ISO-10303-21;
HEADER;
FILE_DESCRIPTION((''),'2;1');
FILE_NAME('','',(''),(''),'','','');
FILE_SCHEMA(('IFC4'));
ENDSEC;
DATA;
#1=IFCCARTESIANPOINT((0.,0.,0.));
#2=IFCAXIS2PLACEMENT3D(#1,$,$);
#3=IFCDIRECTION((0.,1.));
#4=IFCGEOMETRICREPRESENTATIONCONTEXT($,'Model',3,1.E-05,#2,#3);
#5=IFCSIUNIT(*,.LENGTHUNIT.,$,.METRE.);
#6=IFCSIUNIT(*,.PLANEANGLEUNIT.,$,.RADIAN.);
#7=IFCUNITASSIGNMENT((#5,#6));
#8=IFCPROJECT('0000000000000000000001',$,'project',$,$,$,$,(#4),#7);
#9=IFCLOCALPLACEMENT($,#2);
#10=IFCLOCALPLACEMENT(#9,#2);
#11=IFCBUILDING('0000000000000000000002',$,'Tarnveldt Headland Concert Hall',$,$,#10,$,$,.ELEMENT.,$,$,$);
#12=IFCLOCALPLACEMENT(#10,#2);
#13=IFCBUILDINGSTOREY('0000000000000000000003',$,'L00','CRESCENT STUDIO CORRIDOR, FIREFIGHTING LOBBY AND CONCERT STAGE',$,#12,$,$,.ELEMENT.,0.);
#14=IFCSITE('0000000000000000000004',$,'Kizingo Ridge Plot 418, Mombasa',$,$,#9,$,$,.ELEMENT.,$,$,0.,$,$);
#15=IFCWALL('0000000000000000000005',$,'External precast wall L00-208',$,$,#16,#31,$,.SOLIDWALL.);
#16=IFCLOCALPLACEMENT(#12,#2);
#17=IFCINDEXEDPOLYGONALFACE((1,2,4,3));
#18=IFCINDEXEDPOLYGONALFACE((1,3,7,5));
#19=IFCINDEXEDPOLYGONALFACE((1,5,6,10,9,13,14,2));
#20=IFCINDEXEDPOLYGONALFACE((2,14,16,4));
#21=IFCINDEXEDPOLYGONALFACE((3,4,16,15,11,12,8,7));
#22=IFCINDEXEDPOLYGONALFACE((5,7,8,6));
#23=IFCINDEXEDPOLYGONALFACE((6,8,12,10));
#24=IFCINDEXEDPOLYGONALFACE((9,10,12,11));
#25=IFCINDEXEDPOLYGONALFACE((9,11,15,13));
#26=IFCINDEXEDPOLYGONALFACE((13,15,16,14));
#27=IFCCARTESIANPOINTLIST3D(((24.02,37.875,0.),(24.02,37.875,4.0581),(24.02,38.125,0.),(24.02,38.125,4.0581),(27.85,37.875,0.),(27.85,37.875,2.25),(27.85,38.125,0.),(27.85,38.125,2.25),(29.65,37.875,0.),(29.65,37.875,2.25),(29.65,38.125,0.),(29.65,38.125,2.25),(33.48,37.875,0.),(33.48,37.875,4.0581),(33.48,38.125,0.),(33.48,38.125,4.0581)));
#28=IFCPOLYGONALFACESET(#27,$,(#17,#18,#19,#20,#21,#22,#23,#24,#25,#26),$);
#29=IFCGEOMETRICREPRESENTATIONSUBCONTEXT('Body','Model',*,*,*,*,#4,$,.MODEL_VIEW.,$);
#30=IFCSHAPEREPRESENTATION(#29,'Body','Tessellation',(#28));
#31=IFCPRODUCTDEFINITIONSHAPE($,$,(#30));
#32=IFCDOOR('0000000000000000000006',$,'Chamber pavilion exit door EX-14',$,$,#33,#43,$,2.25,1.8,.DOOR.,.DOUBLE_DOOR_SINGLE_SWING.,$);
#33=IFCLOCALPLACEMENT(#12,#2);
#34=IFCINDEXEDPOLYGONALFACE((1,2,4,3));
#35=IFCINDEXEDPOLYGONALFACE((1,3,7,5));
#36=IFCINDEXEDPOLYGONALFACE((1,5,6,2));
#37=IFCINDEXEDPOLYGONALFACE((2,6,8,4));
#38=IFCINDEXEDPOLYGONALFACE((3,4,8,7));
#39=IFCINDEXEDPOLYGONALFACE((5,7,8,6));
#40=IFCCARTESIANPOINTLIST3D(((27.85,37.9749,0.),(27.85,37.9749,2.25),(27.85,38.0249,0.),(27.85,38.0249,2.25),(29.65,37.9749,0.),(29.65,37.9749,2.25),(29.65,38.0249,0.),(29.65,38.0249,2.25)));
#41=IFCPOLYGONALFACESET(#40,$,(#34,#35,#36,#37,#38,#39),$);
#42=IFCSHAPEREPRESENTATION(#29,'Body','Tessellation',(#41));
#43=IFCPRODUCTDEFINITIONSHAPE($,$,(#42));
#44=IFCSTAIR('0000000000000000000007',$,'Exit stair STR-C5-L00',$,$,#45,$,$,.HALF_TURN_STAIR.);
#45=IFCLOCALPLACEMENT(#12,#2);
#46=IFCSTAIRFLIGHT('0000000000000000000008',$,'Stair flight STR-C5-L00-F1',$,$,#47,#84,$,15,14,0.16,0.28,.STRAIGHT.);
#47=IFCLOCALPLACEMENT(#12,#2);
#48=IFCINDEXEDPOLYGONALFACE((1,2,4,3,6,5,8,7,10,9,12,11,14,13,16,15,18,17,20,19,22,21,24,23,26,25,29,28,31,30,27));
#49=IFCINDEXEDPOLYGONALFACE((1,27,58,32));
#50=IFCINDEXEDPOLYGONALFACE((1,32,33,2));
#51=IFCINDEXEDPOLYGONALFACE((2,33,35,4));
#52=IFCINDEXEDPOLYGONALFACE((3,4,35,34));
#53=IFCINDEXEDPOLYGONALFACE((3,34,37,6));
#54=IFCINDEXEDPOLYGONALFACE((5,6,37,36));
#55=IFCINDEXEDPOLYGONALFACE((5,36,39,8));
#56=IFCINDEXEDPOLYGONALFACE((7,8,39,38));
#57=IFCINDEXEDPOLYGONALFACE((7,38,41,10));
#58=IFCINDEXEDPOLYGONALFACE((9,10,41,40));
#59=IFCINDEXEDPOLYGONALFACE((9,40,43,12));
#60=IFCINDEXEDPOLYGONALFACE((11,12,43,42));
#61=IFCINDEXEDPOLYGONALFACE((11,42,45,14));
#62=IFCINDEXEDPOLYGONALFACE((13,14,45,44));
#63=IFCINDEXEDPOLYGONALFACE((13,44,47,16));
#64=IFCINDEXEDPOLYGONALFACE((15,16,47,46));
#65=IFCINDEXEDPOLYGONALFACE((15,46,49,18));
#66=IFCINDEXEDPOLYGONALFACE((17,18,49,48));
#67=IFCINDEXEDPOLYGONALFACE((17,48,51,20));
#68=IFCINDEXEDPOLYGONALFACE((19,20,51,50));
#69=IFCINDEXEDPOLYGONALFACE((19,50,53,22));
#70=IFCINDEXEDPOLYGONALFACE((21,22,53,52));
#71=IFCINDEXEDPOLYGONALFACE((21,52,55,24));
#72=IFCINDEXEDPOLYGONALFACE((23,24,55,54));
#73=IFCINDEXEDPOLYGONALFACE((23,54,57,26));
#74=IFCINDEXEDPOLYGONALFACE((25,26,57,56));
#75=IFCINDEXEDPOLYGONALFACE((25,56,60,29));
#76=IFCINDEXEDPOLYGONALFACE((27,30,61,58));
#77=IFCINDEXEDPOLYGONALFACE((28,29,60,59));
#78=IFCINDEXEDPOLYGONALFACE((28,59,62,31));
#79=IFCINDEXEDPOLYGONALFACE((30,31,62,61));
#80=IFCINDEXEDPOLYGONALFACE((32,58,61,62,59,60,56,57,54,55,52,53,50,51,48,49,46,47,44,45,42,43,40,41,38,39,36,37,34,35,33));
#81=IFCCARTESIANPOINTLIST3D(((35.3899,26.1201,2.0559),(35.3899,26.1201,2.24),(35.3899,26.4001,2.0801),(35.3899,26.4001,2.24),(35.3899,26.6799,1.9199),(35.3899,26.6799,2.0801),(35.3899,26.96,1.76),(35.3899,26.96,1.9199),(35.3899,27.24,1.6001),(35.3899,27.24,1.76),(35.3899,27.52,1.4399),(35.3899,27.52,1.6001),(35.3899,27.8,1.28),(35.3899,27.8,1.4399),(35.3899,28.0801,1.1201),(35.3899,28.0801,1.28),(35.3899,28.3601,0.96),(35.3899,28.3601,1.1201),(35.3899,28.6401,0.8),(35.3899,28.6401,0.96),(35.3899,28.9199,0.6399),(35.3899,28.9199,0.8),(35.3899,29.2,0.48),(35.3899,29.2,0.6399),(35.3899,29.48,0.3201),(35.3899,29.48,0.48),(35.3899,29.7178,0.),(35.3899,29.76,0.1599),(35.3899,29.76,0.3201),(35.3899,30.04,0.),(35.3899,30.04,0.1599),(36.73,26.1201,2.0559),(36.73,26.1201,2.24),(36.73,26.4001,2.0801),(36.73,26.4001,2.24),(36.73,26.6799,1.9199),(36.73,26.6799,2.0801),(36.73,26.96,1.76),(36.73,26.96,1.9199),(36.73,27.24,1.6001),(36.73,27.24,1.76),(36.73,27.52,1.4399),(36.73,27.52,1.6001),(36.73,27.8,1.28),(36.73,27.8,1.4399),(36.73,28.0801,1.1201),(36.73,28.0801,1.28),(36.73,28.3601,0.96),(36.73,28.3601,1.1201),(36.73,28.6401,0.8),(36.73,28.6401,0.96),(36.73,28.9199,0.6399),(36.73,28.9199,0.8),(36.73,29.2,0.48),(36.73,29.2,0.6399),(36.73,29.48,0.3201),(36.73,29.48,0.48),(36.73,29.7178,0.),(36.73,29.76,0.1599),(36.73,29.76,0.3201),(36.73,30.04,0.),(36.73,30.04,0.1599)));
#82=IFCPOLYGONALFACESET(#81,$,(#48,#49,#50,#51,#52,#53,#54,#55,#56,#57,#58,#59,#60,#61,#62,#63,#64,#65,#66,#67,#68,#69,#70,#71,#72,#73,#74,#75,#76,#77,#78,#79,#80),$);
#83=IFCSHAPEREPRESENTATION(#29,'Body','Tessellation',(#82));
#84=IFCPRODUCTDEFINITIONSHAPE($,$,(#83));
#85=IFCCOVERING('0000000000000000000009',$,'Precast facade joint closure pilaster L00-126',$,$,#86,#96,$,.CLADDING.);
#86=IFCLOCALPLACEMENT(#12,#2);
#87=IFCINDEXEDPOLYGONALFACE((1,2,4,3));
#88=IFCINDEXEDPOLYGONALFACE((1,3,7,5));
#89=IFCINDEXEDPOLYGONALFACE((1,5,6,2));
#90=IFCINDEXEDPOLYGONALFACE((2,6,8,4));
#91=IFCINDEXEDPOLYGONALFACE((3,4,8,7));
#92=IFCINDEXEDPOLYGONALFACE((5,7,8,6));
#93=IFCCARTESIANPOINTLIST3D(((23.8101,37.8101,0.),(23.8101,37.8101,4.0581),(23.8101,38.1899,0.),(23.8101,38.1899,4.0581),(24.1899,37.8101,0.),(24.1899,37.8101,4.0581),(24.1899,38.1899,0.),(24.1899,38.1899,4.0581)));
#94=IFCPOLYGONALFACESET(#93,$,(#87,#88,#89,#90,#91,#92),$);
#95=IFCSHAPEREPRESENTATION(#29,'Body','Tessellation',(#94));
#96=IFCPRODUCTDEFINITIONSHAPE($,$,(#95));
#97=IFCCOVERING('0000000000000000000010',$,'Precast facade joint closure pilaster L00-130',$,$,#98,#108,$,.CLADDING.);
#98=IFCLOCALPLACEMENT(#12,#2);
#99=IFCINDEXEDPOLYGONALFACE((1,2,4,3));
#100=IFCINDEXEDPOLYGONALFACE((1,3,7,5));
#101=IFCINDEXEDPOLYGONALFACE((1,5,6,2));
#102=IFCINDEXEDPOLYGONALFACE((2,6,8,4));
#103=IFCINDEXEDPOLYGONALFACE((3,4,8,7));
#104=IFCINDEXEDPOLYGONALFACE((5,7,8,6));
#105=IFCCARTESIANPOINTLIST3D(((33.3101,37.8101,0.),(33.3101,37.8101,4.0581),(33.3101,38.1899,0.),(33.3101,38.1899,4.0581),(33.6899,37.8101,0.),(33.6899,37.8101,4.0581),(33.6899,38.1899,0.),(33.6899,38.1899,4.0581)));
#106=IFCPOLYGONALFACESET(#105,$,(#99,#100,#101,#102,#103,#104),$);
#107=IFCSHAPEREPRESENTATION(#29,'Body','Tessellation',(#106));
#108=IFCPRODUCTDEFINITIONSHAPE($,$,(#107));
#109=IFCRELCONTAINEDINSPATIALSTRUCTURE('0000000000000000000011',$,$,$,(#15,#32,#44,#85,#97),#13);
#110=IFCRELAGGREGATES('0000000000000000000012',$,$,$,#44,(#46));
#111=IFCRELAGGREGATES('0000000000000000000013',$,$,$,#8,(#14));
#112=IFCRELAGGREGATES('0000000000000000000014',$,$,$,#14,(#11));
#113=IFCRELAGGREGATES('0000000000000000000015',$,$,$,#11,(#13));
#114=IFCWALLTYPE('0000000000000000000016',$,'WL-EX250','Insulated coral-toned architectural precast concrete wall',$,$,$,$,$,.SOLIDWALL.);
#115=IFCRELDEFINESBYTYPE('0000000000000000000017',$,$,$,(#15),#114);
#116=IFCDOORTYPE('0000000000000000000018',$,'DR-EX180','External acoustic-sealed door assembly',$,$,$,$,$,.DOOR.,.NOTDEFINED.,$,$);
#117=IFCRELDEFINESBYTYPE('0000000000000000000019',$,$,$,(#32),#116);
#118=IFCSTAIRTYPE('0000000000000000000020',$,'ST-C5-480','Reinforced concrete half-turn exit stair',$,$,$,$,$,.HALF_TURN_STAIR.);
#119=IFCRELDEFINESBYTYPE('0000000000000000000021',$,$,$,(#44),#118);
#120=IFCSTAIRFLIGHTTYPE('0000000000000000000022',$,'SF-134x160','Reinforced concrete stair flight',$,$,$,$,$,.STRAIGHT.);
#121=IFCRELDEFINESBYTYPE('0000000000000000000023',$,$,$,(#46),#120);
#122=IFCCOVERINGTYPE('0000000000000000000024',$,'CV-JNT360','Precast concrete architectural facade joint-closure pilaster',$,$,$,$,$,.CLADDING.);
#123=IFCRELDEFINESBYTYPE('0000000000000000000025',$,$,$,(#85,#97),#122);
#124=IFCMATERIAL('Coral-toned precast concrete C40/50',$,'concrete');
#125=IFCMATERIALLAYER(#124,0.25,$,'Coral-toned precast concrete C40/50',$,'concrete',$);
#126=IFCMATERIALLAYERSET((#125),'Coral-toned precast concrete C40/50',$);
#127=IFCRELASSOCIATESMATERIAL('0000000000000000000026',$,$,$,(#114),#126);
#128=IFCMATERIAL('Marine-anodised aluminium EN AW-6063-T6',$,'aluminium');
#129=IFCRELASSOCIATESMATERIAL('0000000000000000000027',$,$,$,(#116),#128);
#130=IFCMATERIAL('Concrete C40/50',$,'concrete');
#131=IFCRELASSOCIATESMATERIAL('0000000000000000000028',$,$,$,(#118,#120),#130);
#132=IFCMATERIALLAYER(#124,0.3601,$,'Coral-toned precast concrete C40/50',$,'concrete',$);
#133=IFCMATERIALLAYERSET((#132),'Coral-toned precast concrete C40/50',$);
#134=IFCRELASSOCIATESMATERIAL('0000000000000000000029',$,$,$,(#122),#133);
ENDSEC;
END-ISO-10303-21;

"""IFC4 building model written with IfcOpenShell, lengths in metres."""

from ifc_helpers import new_model, si_unit, direction, frame, frame_2d, origin, origin_2d, place, context, subcontext, project, spatial, polyline, rectangle, outline, extrude, material, layer, layer_set, type_object, element, fill, aggregate, save


model = new_model("IFC4")

# Units and contexts
model_context = context("Model", 3, precision=1e-05, world=origin(), true_north=direction((0.0, 1.0)))
body_context = subcontext(model_context, "Body", "Model", "MODEL_VIEW")
ifc_project = project(units=[si_unit("LENGTHUNIT", "METRE"), si_unit("PLANEANGLEUNIT", "RADIAN")], contexts=[model_context])

# Site, building, storey
site_placement = place(None, origin())
site = spatial("IfcSite", under=ifc_project, at=site_placement, Name="Kizingo Ridge Plot 418, Mombasa", CompositionType="ELEMENT", RefElevation=0.0)
building_placement = place(site_placement, origin())
building = spatial("IfcBuilding", under=site, at=building_placement, Name="Tarnveldt Headland Concert Hall", CompositionType="ELEMENT")
storey_placement = place(building_placement, origin())
storey = spatial("IfcBuildingStorey", under=building, at=storey_placement, Name="L00", Description="CRESCENT STUDIO CORRIDOR, FIREFIGHTING LOBBY AND CONCERT STAGE", CompositionType="ELEMENT", Elevation=0.0)

# Shared definitions
ifc_material_1 = material(Name="Concrete C40/50", Category="concrete")

# Shared definitions
ifc_material_2 = material(Name="Coral-toned precast concrete C40/50", Category="concrete")
ifc_layer_1 = layer(ifc_material_2, 0.25, Name="Coral-toned precast concrete C40/50", Category="concrete")
ifc_layer_set_1 = layer_set([ifc_layer_1], Name="Coral-toned precast concrete C40/50")
wall_type_1 = type_object("IfcWallType", Name="WL-EX250", Description="Insulated coral-toned architectural precast concrete wall", PredefinedType="SOLIDWALL", material=ifc_layer_set_1)

# Wall, opening, door
wall_1_placement = place(storey_placement, frame((24.02, 38.0, 0.0), z_axis=(0.0, 0.0, 1.0), x_axis=(1.0, 0.0, 0.0)))
wall_1 = element("IfcWall", 1, at=wall_1_placement, inside=storey, type_object=wall_type_1, Name="External precast wall L00-208", PredefinedType="SOLIDWALL", context=body_context, shape_type="SweptSolid", body=[
    extrude(rectangle(XDim=9.46, YDim=0.25, at=frame_2d((4.73, 0.0))), origin(), (0.0, 0.0, 1.0), 4.0581),
])
opening_1_placement = place(wall_1_placement, frame((3.8301, 0.0, 0.0)))
opening_1 = element("IfcOpeningElement", 2, at=opening_1_placement, cuts=wall_1, PredefinedType="OPENING", context=body_context, shape_type="SweptSolid", body=[
    extrude(rectangle(XDim=1.8, YDim=2.25, at=frame_2d((0.8999, 1.125))), frame((0.0, 0.135, 0.0), z_axis=(0.0, -1.0, 0.0), x_axis=(1.0, 0.0, 0.0)), (0.0, 0.0, 1.0), 0.27),
])
ifc_material_3 = material(Name="Marine-anodised aluminium EN AW-6063-T6", Category="aluminium")
door_type_1 = type_object("IfcDoorType", Name="DR-EX180", Description="External acoustic-sealed door assembly", OperationType="NOTDEFINED", PredefinedType="DOOR", material=ifc_material_3)
door_1_placement = place(opening_1_placement, origin())
door_1 = element("IfcDoor", 3, at=door_1_placement, inside=storey, type_object=door_type_1, Name="Chamber pavilion exit door EX-14", OperationType="DOUBLE_DOOR_SINGLE_SWING", OverallHeight=2.25, OverallWidth=1.8, PredefinedType="DOOR", context=body_context, shape_type="SweptSolid", body=[
    extrude(rectangle(XDim=1.8, YDim=2.25, at=frame_2d((0.8999, 1.125))), frame((0.0, 0.0249, 0.0), z_axis=(0.0, -1.0, 0.0), x_axis=(1.0, 0.0, 0.0)), (0.0, 0.0, 1.0), 0.05),
])
fill(opening_1, door_1)

# Stair, stair flight
stair_type = type_object("IfcStairType", Name="ST-C5-480", Description="Reinforced concrete half-turn exit stair", PredefinedType="HALF_TURN_STAIR", material=ifc_material_1)
stair_placement = place(storey_placement, origin())
stair = element("IfcStair", 4, at=stair_placement, inside=storey, type_object=stair_type, Name="Exit stair STR-C5-L00", PredefinedType="HALF_TURN_STAIR")
stair_flight_type = type_object("IfcStairFlightType", Name="SF-134x160", Description="Reinforced concrete stair flight", PredefinedType="STRAIGHT", material=ifc_material_1)
stair_flight_placement = place(storey_placement, frame((36.0601, 30.04, 0.0), z_axis=(0.0, 0.0, 1.0), x_axis=(0.0, -1.0, 0.0)))
stair_flight = element("IfcStairFlight", 5, at=stair_flight_placement, type_object=stair_flight_type, Name="Stair flight STR-C5-L00-F1", NumberOfRisers=15, NumberOfTreads=14, PredefinedType="STRAIGHT", RiserHeight=0.16, TreadLength=0.28, context=body_context, shape_type="SweptSolid", body=[
    extrude(outline(polyline([(0.0, 0.0), (0.0, 0.1599), (0.28, 0.1599), (0.28, 0.3201), (0.5601, 0.3201), (0.5601, 0.48), (0.8401, 0.48), (0.8401, 0.6399), (1.1201, 0.6399), (1.1201, 0.8), (1.3999, 0.8), (1.3999, 0.96), (1.6799, 0.96), (1.6799, 1.1201), (1.96, 1.1201), (1.96, 1.28), (2.24, 1.28), (2.24, 1.4399), (2.52, 1.4399), (2.52, 1.6001), (2.8, 1.6001), (2.8, 1.76), (3.0801, 1.76), (3.0801, 1.9199), (3.3601, 1.9199), (3.3601, 2.0801), (3.6399, 2.0801), (3.6399, 2.24), (3.9199, 2.24), (3.9199, 2.3999), (3.9199, 2.0559), (0.3223, 0.0), (0.0, 0.0)])), frame((0.0, 0.6699, 0.0), z_axis=(0.0, -1.0, 0.0), x_axis=(1.0, 0.0, 0.0)), (0.0, 0.0, 1.0), 1.3401),
])
aggregate(stair, [stair_flight])

# Coverings
ifc_layer_2 = layer(ifc_material_2, 0.3601, Name="Coral-toned precast concrete C40/50", Category="concrete")
ifc_layer_set_2 = layer_set([ifc_layer_2], Name="Coral-toned precast concrete C40/50")
covering_type = type_object("IfcCoveringType", Name="CV-JNT360", Description="Precast concrete architectural facade joint-closure pilaster", PredefinedType="CLADDING", material=ifc_layer_set_2)
for number, where, z_axis, x_axis, name in (
    (6, (24.0, 38.0, 0.0), (0.0, 0.0, 1.0), (1.0, 0.0, 0.0), "Precast facade joint closure pilaster L00-126"),
    (7, (33.5, 38.0, 0.0), (0.0, 0.0, 1.0), (1.0, 0.0, 0.0), "Precast facade joint closure pilaster L00-130"),
):
    element("IfcCovering", number, at=place(storey_placement, frame(where, z_axis=z_axis, x_axis=x_axis)), inside=storey, type_object=covering_type, Name=name, PredefinedType="CLADDING", context=body_context, shape_type="SweptSolid", body=[
        extrude(rectangle(XDim=0.3799, YDim=0.3799, at=origin_2d()), origin(), (0.0, 0.0, 1.0), 4.0581),
    ])

save(model, "model.ifc")
